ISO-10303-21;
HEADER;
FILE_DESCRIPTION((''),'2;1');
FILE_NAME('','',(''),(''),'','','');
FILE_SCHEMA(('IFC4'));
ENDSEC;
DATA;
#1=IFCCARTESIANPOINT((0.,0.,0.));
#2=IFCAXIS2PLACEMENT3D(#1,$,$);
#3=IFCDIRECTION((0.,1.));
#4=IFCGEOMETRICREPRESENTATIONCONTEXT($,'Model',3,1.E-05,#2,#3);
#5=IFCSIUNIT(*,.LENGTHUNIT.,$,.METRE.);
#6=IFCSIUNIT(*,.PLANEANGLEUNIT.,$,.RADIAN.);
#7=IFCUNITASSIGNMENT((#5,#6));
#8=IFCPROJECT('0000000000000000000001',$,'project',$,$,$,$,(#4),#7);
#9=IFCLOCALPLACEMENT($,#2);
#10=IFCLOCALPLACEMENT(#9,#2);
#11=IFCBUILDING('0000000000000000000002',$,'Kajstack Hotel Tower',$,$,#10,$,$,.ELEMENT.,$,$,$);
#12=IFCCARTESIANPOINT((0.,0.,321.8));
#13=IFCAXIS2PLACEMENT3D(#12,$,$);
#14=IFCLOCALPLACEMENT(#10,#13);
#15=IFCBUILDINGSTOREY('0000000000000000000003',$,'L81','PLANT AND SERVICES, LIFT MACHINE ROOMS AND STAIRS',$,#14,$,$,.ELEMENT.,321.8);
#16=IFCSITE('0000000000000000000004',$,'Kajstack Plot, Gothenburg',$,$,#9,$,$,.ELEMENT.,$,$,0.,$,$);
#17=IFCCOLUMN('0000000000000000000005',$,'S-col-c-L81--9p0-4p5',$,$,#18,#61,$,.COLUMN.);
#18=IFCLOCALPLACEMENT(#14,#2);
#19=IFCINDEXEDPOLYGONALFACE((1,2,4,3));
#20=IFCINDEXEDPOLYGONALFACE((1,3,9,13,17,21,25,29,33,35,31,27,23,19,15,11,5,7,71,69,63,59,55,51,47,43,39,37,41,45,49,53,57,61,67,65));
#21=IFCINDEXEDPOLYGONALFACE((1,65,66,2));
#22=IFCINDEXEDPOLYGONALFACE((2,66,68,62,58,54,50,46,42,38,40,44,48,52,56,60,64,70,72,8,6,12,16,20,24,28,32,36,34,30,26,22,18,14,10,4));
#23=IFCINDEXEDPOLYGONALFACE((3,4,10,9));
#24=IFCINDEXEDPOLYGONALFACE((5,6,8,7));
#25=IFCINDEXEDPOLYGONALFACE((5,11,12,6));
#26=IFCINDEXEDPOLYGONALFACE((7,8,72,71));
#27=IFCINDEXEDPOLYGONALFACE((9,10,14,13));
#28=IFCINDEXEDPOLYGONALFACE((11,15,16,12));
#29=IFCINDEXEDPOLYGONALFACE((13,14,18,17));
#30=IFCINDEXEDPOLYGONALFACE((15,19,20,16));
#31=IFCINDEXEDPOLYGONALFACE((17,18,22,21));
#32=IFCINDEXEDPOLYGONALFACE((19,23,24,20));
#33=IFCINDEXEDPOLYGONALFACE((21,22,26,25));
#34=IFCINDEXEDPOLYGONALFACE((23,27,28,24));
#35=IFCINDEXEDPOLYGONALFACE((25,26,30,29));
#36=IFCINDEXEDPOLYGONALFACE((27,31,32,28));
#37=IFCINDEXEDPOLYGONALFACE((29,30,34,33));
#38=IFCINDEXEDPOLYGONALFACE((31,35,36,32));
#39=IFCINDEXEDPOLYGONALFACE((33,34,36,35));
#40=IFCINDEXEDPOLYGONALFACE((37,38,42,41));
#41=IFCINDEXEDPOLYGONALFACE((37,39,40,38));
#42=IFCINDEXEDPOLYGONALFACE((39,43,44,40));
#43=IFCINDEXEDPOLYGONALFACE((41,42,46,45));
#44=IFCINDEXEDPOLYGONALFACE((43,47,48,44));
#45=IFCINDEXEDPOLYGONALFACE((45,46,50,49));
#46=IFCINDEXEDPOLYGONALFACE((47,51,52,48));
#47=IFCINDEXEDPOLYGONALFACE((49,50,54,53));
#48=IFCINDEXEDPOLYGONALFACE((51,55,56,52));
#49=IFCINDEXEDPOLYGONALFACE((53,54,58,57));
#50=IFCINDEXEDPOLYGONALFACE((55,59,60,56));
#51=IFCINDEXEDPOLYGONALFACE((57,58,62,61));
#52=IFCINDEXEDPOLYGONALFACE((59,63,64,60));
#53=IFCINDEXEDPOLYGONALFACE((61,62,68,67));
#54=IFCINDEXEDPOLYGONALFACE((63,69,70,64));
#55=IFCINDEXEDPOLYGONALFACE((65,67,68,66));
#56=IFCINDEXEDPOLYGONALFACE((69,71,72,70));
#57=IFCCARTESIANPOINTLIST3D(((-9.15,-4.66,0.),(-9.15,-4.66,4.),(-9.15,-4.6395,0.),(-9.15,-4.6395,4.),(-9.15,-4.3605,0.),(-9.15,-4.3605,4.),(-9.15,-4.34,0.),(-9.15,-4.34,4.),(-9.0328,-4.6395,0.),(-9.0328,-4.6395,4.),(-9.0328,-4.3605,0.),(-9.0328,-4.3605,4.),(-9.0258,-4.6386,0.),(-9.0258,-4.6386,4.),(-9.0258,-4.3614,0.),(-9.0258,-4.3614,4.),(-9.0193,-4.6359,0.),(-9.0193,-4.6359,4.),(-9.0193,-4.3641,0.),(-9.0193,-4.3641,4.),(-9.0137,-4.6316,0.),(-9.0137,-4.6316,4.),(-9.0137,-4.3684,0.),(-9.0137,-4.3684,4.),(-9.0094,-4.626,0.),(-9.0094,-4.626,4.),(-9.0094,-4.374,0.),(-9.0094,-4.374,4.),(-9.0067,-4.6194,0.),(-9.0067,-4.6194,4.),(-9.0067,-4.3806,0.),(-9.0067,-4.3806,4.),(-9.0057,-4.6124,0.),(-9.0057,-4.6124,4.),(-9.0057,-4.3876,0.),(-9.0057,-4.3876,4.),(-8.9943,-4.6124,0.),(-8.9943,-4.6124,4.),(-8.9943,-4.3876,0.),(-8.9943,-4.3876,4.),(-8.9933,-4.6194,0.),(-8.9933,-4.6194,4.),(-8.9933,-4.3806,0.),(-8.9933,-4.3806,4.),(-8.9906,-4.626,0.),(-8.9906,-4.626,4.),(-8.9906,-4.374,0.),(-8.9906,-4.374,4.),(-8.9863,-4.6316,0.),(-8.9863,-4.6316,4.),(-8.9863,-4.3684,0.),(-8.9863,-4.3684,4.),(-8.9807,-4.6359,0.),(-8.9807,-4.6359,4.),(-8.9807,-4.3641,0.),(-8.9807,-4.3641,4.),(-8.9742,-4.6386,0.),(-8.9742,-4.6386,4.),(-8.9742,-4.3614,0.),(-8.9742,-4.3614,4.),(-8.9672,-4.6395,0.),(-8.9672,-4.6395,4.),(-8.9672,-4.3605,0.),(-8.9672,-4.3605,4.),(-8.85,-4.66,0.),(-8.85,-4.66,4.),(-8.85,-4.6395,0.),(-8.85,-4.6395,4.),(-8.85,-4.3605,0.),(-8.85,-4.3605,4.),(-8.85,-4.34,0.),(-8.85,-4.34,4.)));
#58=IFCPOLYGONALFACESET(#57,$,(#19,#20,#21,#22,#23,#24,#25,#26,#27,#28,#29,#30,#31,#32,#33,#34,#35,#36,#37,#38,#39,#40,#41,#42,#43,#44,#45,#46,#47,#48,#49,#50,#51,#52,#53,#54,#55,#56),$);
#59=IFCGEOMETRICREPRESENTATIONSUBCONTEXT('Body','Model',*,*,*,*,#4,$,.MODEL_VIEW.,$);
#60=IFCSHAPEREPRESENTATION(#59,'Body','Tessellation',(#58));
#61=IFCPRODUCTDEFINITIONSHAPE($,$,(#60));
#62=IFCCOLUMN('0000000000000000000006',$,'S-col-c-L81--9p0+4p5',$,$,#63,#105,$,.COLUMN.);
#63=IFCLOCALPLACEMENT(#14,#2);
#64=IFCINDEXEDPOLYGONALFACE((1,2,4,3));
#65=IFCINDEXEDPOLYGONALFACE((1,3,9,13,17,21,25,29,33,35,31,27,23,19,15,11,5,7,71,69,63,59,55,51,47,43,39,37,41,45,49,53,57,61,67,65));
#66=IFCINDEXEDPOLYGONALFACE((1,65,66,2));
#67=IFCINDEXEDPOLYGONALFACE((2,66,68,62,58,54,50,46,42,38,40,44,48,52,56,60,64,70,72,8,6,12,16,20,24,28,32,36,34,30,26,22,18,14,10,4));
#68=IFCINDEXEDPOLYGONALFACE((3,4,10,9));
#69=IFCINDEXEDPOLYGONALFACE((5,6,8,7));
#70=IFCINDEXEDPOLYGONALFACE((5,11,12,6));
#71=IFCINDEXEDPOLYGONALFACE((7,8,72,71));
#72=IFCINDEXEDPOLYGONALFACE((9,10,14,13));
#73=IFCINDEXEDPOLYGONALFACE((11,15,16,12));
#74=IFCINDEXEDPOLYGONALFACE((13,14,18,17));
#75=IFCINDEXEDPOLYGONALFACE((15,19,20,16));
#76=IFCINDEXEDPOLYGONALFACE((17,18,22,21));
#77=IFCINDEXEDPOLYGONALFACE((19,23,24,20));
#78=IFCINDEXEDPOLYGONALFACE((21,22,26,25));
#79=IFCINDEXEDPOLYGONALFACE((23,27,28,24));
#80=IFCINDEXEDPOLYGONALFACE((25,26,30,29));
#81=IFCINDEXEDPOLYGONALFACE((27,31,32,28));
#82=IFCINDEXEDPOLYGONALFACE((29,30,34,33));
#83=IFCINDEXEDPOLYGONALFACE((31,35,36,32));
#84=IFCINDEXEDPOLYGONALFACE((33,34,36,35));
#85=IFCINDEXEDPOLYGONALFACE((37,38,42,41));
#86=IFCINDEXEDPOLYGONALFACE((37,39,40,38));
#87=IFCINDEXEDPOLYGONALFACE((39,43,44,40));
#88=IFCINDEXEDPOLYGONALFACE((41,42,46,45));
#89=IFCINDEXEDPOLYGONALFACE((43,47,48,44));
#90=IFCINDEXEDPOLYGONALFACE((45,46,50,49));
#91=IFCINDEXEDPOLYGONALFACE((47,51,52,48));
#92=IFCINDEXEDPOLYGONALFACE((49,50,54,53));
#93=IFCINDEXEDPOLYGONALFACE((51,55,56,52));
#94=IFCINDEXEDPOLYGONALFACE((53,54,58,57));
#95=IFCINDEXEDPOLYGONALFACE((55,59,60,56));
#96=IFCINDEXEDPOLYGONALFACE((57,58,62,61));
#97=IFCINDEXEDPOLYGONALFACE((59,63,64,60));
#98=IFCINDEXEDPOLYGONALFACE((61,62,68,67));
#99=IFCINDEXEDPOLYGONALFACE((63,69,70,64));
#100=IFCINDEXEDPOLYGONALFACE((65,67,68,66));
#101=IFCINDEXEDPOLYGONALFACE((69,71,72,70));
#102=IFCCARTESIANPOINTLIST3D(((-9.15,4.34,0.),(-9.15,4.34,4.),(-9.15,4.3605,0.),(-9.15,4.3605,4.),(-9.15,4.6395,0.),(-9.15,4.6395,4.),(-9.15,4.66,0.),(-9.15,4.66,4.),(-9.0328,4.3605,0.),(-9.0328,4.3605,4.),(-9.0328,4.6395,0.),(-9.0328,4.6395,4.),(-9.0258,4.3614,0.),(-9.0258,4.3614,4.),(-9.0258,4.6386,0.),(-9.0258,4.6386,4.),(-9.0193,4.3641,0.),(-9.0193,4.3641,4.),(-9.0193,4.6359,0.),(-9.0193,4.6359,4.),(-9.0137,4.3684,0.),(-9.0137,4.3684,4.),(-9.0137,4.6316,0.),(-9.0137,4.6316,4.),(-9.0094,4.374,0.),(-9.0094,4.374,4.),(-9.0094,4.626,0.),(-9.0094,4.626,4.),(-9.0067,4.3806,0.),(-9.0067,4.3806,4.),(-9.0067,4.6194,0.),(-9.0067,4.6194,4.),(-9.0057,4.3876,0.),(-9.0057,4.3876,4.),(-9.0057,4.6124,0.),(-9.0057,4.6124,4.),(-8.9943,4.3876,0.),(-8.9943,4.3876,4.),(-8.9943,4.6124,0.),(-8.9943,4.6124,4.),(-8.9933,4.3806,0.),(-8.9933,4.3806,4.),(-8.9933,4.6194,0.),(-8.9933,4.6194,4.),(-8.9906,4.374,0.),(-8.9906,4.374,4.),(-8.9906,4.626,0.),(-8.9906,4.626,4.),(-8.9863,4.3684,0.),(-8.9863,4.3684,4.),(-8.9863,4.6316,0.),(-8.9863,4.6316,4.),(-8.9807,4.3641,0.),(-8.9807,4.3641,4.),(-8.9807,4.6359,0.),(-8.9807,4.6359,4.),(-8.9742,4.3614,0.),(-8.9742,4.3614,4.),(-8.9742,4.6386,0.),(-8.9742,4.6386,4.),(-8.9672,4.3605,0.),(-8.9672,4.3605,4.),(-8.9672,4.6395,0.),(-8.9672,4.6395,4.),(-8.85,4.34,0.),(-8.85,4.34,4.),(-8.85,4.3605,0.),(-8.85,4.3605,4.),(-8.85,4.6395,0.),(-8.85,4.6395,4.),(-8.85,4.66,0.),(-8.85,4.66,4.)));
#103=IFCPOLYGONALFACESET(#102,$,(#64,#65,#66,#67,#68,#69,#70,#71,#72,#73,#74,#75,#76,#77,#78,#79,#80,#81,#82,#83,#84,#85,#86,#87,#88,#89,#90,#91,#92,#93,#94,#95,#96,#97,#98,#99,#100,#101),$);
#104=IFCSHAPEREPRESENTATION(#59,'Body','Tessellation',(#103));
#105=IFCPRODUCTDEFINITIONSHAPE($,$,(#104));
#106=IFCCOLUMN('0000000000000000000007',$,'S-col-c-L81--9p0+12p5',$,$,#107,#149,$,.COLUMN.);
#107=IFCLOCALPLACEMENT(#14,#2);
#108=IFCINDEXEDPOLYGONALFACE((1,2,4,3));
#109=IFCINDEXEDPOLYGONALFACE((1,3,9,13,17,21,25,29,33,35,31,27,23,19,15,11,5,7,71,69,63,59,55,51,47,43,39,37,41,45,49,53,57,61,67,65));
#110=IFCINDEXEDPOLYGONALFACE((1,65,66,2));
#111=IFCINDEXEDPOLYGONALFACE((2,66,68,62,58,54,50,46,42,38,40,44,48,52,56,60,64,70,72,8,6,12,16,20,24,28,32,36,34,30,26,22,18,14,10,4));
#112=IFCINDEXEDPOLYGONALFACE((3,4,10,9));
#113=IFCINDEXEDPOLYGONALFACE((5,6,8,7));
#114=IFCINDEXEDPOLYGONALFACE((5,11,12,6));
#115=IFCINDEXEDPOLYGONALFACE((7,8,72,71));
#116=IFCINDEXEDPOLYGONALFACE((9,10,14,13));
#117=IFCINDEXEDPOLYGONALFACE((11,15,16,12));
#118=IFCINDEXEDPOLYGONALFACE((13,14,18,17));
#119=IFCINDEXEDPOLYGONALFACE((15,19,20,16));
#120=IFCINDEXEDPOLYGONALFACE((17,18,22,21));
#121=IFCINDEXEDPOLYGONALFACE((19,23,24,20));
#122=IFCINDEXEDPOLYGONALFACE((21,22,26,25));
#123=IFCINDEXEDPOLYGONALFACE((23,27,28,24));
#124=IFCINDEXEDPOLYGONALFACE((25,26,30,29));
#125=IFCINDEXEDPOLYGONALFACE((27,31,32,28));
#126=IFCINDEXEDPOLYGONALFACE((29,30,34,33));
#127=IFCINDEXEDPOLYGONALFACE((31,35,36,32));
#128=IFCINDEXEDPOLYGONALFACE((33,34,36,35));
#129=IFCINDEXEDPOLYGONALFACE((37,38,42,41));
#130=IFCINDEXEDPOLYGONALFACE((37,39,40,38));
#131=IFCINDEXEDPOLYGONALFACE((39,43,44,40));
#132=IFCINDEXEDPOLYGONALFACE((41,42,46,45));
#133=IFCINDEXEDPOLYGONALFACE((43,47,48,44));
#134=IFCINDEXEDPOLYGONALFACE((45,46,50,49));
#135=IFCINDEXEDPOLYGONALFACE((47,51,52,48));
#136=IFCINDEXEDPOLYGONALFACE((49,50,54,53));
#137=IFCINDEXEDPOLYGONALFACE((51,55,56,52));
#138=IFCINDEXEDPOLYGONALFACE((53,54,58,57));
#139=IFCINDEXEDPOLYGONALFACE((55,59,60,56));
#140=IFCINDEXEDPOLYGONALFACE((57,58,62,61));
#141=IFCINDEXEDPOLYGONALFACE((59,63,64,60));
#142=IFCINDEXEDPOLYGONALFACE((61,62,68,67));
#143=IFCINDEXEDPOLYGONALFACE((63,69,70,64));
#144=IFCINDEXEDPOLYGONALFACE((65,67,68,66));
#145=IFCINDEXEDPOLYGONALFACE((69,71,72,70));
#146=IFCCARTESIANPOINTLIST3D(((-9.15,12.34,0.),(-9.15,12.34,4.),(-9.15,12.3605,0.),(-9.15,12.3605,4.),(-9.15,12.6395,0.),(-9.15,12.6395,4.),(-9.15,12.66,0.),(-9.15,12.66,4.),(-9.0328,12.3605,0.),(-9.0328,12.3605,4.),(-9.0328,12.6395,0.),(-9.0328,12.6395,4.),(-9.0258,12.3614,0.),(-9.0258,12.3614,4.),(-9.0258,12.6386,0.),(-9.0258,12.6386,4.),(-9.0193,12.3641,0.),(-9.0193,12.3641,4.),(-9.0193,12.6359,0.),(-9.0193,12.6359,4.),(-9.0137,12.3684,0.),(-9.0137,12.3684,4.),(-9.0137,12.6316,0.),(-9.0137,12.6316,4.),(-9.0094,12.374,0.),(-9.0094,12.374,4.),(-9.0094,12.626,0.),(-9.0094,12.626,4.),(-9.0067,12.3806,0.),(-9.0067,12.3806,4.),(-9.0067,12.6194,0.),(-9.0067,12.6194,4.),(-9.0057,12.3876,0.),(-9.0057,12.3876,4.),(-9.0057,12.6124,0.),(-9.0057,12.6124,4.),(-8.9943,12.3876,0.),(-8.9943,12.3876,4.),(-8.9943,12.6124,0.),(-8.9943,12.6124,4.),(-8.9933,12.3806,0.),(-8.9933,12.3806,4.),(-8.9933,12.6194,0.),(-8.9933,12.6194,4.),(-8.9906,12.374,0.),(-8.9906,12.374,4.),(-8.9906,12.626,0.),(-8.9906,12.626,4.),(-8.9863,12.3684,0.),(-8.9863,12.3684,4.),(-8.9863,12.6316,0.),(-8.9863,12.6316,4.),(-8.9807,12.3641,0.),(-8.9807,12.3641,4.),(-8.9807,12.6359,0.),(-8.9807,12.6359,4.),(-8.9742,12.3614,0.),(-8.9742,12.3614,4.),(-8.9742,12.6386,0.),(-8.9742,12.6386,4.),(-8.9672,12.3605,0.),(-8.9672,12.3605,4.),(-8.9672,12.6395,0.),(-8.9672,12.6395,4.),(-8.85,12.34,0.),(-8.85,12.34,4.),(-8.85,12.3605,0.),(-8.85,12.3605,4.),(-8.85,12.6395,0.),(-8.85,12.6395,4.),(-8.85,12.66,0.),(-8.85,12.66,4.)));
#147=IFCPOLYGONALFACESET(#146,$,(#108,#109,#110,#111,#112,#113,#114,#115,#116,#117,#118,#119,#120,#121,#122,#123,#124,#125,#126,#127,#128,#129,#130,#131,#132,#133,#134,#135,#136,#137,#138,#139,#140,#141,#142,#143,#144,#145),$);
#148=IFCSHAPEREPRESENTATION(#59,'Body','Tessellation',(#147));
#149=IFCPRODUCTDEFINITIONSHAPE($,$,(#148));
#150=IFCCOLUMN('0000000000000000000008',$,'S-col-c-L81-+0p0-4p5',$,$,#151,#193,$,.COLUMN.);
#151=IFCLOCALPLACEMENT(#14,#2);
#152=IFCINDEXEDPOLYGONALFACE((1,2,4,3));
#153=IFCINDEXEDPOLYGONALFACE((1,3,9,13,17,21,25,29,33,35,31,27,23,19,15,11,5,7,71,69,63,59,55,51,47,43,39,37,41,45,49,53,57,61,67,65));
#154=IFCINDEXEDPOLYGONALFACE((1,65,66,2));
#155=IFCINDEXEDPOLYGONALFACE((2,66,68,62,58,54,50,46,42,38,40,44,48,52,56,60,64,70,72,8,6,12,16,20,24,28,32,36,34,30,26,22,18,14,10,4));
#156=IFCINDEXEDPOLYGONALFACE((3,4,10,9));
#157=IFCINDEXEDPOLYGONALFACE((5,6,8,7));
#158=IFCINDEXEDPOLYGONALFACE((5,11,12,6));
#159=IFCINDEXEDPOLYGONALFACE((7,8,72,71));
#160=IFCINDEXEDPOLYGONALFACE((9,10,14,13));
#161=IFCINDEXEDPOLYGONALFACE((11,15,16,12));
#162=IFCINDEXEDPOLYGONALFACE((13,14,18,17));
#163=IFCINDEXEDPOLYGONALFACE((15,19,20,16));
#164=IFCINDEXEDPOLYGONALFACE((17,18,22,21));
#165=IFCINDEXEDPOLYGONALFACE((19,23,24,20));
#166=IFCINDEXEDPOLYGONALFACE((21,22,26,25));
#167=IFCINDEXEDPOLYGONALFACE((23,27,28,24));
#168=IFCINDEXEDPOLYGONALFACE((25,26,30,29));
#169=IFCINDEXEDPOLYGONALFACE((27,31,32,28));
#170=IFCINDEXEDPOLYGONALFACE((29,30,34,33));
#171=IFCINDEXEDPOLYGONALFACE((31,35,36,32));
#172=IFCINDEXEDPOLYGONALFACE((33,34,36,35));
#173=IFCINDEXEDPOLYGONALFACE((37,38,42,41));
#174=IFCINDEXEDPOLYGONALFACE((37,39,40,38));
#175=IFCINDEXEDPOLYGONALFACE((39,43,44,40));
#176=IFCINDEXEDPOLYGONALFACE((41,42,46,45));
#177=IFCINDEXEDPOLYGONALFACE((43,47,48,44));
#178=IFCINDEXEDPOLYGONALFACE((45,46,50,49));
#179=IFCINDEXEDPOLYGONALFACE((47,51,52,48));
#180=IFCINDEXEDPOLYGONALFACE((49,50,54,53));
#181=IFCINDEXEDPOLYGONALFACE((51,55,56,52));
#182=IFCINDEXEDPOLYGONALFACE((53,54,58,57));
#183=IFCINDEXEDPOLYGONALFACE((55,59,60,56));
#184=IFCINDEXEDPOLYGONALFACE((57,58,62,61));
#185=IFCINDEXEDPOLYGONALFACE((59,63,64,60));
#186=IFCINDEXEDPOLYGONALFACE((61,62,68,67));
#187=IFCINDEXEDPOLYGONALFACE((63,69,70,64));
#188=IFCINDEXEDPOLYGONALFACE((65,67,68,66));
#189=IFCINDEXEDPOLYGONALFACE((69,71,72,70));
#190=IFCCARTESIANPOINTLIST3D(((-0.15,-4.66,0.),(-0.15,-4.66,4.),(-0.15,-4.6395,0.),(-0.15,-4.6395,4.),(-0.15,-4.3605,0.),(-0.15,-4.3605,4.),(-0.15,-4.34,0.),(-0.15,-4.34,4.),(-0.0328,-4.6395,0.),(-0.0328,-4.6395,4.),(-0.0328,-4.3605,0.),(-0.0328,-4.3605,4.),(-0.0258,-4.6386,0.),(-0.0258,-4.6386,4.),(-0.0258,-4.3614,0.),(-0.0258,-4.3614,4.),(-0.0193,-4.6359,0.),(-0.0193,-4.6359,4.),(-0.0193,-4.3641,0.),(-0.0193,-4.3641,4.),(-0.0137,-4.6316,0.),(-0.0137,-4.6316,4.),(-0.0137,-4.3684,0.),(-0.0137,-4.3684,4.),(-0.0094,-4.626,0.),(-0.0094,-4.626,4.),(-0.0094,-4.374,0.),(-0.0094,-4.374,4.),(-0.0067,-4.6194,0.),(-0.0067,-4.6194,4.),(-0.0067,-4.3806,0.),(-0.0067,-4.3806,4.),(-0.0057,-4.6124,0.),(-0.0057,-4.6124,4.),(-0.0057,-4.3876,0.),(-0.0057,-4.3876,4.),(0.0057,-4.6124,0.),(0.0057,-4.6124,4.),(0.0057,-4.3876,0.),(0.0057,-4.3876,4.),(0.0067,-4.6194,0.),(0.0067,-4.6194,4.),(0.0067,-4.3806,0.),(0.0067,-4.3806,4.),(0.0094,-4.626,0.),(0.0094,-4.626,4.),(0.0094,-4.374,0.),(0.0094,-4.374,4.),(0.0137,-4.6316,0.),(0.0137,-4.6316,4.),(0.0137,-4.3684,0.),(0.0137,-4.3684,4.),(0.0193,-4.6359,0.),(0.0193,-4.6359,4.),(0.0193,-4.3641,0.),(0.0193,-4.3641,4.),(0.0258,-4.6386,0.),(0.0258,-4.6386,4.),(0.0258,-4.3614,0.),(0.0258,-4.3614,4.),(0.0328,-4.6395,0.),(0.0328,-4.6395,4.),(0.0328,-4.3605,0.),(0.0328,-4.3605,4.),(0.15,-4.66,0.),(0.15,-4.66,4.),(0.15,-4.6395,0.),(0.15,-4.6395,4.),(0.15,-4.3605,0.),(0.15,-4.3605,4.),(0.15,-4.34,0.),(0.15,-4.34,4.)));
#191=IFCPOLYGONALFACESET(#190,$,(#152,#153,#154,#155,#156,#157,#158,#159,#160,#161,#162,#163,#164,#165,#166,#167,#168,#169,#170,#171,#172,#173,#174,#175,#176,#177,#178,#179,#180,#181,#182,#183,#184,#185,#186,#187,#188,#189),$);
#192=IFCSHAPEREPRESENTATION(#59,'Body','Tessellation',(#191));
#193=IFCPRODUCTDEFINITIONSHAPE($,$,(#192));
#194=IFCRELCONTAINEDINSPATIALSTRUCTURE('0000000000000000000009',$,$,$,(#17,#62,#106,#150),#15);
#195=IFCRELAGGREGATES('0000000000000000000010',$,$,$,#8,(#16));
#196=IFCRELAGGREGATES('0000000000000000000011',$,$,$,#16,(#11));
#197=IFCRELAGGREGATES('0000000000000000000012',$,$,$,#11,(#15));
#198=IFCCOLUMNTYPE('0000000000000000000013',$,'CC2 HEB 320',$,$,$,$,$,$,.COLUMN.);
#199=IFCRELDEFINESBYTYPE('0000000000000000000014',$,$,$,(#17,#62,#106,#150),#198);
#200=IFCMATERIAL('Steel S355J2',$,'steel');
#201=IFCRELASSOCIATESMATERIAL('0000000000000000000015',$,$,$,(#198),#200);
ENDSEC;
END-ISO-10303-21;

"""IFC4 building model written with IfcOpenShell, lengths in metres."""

from ifc_helpers import new_model, si_unit, direction, frame, origin, origin_2d, place, context, subcontext, project, spatial, i_section, extrude, material, material_profile, profile_set, type_object, element, save


model = new_model("IFC4")

# Units and contexts
model_context = context("Model", 3, precision=1e-05, world=origin(), true_north=direction((0.0, 1.0)))
body_context = subcontext(model_context, "Body", "Model", "MODEL_VIEW")
ifc_project = project(units=[si_unit("LENGTHUNIT", "METRE"), si_unit("PLANEANGLEUNIT", "RADIAN")], contexts=[model_context])

# Site, building, storey
site_placement = place(None, origin())
site = spatial("IfcSite", under=ifc_project, at=site_placement, Name="Kajstack Plot, Gothenburg", CompositionType="ELEMENT", RefElevation=0.0)
building_placement = place(site_placement, origin())
building = spatial("IfcBuilding", under=site, at=building_placement, Name="Kajstack Hotel Tower", CompositionType="ELEMENT")
storey_placement = place(building_placement, frame((0.0, 0.0, 321.8)))
storey = spatial("IfcBuildingStorey", under=building, at=storey_placement, Name="L81", Description="PLANT AND SERVICES, LIFT MACHINE ROOMS AND STAIRS", CompositionType="ELEMENT", Elevation=321.8)

# Columns
ifc_material_1 = material(Name="Steel S355J2", Category="steel")
ifc_material_profile_1 = material_profile(ifc_material_1, i_section(OverallWidth=0.3, OverallDepth=0.3201, WebThickness=0.0115, FlangeThickness=0.0205, FilletRadius=0.0271, at=origin_2d()), Name="HEB 320")
ifc_profile_set_1 = profile_set([ifc_material_profile_1], Name="Steel S355J2")
column_type = type_object("IfcColumnType", Name="CC2 HEB 320", PredefinedType="COLUMN", material=ifc_profile_set_1)
for number, where, z_axis, x_axis, name in (
    (1, (-9.0, -4.5, 0.0), (0.0, 0.0, 1.0), (1.0, 0.0, 0.0), "S-col-c-L81--9p0-4p5"),
    (2, (-9.0, 4.5, 0.0), (0.0, 0.0, 1.0), (1.0, 0.0, 0.0), "S-col-c-L81--9p0+4p5"),
    (3, (-9.0, 12.5, 0.0), (0.0, 0.0, 1.0), (1.0, 0.0, 0.0), "S-col-c-L81--9p0+12p5"),
    (4, (0.0, -4.5, 0.0), (0.0, 0.0, 1.0), (1.0, 0.0, 0.0), "S-col-c-L81-+0p0-4p5"),
):
    element("IfcColumn", number, at=place(storey_placement, frame(where, z_axis=z_axis, x_axis=x_axis)), inside=storey, type_object=column_type, Name=name, PredefinedType="COLUMN", context=body_context, shape_type="SweptSolid", body=[
        extrude(i_section(OverallWidth=0.3, OverallDepth=0.3201, WebThickness=0.0115, FlangeThickness=0.0205, FilletRadius=0.0271, at=origin_2d()), origin(), (0.0, 0.0, 1.0), 4.0),
    ])

save(model, "model.ifc")
